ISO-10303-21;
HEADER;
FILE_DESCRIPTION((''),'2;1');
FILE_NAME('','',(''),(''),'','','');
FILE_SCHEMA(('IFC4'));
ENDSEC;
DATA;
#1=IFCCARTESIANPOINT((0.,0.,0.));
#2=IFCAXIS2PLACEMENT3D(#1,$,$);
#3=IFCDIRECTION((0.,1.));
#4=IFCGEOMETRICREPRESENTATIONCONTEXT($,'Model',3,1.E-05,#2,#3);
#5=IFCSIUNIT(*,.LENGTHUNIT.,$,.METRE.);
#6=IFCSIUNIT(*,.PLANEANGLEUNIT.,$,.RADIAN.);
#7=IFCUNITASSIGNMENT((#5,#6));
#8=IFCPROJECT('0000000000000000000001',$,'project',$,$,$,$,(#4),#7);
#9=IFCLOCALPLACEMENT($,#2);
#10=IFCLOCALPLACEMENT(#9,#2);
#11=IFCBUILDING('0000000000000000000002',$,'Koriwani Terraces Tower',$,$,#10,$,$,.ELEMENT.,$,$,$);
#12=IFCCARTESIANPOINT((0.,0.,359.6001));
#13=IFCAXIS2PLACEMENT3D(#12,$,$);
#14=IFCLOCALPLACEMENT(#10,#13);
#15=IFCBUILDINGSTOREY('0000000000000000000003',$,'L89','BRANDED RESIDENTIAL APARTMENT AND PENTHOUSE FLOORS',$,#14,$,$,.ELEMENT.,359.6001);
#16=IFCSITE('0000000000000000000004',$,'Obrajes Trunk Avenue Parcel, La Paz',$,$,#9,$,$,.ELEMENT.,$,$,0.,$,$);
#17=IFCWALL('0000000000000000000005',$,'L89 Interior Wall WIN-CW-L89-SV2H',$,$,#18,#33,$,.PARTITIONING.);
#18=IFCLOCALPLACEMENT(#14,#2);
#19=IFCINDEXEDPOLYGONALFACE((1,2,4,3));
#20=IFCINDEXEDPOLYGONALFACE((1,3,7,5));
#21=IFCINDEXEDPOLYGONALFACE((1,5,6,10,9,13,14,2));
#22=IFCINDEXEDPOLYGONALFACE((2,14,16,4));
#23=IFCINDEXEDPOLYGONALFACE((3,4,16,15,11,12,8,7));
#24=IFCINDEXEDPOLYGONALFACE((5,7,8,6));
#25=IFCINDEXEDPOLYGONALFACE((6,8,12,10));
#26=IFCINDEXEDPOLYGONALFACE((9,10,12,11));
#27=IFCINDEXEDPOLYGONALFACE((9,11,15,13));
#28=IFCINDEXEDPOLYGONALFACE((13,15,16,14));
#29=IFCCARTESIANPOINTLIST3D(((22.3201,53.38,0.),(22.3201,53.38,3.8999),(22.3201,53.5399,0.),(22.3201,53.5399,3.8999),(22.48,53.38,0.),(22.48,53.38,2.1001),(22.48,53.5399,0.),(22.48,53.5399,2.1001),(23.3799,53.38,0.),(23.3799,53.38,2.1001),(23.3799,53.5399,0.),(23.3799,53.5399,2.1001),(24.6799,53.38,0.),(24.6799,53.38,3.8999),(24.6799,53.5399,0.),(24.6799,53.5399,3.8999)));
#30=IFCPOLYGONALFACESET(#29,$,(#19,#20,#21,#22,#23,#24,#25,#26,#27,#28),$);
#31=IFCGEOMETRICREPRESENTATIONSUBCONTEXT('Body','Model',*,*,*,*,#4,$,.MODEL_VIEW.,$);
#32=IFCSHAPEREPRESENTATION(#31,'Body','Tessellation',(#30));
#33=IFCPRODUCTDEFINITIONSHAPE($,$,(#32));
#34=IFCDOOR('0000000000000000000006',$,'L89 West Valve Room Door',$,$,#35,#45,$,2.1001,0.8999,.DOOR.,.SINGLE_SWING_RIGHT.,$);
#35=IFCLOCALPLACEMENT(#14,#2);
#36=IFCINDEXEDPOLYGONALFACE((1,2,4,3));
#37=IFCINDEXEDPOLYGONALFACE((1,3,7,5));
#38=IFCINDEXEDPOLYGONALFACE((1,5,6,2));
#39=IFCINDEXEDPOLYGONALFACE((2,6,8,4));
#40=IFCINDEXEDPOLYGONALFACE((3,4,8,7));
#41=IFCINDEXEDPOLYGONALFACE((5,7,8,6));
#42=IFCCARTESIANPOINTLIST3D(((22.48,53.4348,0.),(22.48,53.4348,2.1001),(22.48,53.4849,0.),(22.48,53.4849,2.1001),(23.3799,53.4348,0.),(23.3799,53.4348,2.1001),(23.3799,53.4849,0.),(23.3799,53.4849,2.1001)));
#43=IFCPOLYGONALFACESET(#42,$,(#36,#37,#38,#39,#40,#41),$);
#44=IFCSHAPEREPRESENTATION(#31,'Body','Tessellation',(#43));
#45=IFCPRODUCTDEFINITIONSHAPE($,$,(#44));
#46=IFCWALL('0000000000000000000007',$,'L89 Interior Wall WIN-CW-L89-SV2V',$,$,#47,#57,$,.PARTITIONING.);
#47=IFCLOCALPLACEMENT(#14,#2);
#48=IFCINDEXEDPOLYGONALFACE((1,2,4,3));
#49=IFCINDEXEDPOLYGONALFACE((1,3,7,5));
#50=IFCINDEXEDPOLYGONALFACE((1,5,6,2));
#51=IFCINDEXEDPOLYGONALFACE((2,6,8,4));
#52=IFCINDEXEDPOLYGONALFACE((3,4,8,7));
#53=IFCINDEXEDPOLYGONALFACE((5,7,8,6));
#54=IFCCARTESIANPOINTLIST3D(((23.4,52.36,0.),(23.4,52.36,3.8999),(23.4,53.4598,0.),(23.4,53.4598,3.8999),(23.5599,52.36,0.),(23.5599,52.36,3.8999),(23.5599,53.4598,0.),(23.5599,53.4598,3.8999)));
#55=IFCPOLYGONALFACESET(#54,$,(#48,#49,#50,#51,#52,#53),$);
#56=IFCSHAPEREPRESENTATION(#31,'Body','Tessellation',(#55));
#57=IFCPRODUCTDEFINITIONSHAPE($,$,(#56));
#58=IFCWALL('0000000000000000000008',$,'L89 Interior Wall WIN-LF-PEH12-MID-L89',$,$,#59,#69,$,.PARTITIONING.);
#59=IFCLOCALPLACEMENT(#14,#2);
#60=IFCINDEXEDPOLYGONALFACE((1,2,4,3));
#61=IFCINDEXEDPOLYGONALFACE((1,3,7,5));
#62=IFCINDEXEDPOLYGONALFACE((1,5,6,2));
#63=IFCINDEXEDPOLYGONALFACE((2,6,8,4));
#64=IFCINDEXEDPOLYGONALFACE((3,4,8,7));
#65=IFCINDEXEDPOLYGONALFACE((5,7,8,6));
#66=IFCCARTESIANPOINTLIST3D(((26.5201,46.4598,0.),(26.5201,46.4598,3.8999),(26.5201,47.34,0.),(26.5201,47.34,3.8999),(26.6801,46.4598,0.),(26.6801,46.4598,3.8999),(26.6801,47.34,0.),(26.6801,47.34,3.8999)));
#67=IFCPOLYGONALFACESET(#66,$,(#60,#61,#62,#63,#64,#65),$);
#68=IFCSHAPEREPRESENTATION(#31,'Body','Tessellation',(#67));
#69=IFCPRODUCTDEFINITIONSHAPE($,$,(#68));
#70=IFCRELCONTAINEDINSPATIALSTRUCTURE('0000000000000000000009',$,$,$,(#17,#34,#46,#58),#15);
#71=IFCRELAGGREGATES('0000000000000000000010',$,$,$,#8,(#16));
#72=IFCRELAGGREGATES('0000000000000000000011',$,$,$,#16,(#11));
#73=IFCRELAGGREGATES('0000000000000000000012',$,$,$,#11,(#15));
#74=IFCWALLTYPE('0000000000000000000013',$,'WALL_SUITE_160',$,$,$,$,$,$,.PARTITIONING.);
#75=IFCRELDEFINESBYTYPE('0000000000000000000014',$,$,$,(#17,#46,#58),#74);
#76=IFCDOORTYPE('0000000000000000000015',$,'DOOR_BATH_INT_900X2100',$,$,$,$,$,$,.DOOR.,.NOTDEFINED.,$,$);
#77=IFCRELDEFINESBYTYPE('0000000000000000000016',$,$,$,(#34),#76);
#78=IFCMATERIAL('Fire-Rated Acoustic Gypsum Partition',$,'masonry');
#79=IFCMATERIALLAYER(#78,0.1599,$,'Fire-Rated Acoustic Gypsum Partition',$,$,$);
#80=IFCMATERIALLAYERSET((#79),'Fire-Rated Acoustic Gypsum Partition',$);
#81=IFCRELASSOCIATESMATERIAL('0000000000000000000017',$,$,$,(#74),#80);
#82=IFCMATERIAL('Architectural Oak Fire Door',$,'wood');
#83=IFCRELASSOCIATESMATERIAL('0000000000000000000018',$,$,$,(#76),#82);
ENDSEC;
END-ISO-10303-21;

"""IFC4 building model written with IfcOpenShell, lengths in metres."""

from ifc_helpers import new_model, si_unit, direction, frame, frame_2d, origin, place, context, subcontext, project, spatial, rectangle, extrude, material, layer, layer_set, type_object, element, fill, save


model = new_model("IFC4")

# Units and contexts
model_context = context("Model", 3, precision=1e-05, world=origin(), true_north=direction((0.0, 1.0)))
body_context = subcontext(model_context, "Body", "Model", "MODEL_VIEW")
ifc_project = project(units=[si_unit("LENGTHUNIT", "METRE"), si_unit("PLANEANGLEUNIT", "RADIAN")], contexts=[model_context])

# Site, building, storey
site_placement = place(None, origin())
site = spatial("IfcSite", under=ifc_project, at=site_placement, Name="Obrajes Trunk Avenue Parcel, La Paz", CompositionType="ELEMENT", RefElevation=0.0)
building_placement = place(site_placement, origin())
building = spatial("IfcBuilding", under=site, at=building_placement, Name="Koriwani Terraces Tower", CompositionType="ELEMENT")
storey_placement = place(building_placement, frame((0.0, 0.0, 359.6001)))
storey = spatial("IfcBuildingStorey", under=building, at=storey_placement, Name="L89", Description="BRANDED RESIDENTIAL APARTMENT AND PENTHOUSE FLOORS", CompositionType="ELEMENT", Elevation=359.6001)

# Wall, opening, door
ifc_material_1 = material(Name="Fire-Rated Acoustic Gypsum Partition", Category="masonry")
ifc_layer_1 = layer(ifc_material_1, 0.1599, Name="Fire-Rated Acoustic Gypsum Partition")
ifc_layer_set_1 = layer_set([ifc_layer_1], Name="Fire-Rated Acoustic Gypsum Partition")
wall_type_1 = type_object("IfcWallType", Name="WALL_SUITE_160", PredefinedType="PARTITIONING", material=ifc_layer_set_1)
wall_1_placement = place(storey_placement, frame((22.3201, 53.46, 0.0), z_axis=(0.0, 0.0, 1.0), x_axis=(1.0, 0.0, 0.0)))
wall_1 = element("IfcWall", 1, at=wall_1_placement, inside=storey, type_object=wall_type_1, Name="L89 Interior Wall WIN-CW-L89-SV2H", PredefinedType="PARTITIONING", context=body_context, shape_type="SweptSolid", body=[
    extrude(rectangle(XDim=2.3599, YDim=0.1599, at=frame_2d((1.1799, 0.0))), origin(), (0.0, 0.0, 1.0), 3.8999),
])
opening_1_placement = place(wall_1_placement, frame((0.1599, 0.0, 0.0)))
opening_1 = element("IfcOpeningElement", 2, at=opening_1_placement, cuts=wall_1, PredefinedType="OPENING", context=body_context, shape_type="SweptSolid", body=[
    extrude(rectangle(XDim=0.8999, YDim=2.1001, at=frame_2d((0.45, 1.05))), frame((0.0, 0.0898, 0.0), z_axis=(0.0, -1.0, 0.0), x_axis=(1.0, 0.0, 0.0)), (0.0, 0.0, 1.0), 0.1799),
])
ifc_material_2 = material(Name="Architectural Oak Fire Door", Category="wood")
door_type_1 = type_object("IfcDoorType", Name="DOOR_BATH_INT_900X2100", OperationType="NOTDEFINED", PredefinedType="DOOR", material=ifc_material_2)
door_1_placement = place(opening_1_placement, origin())
door_1 = element("IfcDoor", 3, at=door_1_placement, inside=storey, type_object=door_type_1, Name="L89 West Valve Room Door", OperationType="SINGLE_SWING_RIGHT", OverallHeight=2.1001, OverallWidth=0.8999, PredefinedType="DOOR", context=body_context, shape_type="SweptSolid", body=[
    extrude(rectangle(XDim=0.8999, YDim=2.1001, at=frame_2d((0.45, 1.05))), frame((0.0, 0.0249, 0.0), z_axis=(0.0, -1.0, 0.0), x_axis=(1.0, 0.0, 0.0)), (0.0, 0.0, 1.0), 0.05),
])
fill(opening_1, door_1)

# Walls
wall_2_placement = place(storey_placement, frame((23.48, 52.3601, 0.0), z_axis=(0.0, 0.0, 1.0), x_axis=(0.0, 1.0, 0.0)))
element("IfcWall", 4, at=wall_2_placement, inside=storey, type_object=wall_type_1, Name="L89 Interior Wall WIN-CW-L89-SV2V", PredefinedType="PARTITIONING", context=body_context, shape_type="SweptSolid", body=[
    extrude(rectangle(XDim=1.0999, YDim=0.1599, at=frame_2d((0.5498, 0.0))), origin(), (0.0, 0.0, 1.0), 3.8999),
])
wall_3_placement = place(storey_placement, frame((26.6001, 46.46, 0.0), z_axis=(0.0, 0.0, 1.0), x_axis=(0.0, 1.0, 0.0)))
element("IfcWall", 5, at=wall_3_placement, inside=storey, type_object=wall_type_1, Name="L89 Interior Wall WIN-LF-PEH12-MID-L89", PredefinedType="PARTITIONING", context=body_context, shape_type="SweptSolid", body=[
    extrude(rectangle(XDim=0.8801, YDim=0.1599, at=frame_2d((0.4399, 0.0))), origin(), (0.0, 0.0, 1.0), 3.8999),
])

save(model, "model.ifc")
